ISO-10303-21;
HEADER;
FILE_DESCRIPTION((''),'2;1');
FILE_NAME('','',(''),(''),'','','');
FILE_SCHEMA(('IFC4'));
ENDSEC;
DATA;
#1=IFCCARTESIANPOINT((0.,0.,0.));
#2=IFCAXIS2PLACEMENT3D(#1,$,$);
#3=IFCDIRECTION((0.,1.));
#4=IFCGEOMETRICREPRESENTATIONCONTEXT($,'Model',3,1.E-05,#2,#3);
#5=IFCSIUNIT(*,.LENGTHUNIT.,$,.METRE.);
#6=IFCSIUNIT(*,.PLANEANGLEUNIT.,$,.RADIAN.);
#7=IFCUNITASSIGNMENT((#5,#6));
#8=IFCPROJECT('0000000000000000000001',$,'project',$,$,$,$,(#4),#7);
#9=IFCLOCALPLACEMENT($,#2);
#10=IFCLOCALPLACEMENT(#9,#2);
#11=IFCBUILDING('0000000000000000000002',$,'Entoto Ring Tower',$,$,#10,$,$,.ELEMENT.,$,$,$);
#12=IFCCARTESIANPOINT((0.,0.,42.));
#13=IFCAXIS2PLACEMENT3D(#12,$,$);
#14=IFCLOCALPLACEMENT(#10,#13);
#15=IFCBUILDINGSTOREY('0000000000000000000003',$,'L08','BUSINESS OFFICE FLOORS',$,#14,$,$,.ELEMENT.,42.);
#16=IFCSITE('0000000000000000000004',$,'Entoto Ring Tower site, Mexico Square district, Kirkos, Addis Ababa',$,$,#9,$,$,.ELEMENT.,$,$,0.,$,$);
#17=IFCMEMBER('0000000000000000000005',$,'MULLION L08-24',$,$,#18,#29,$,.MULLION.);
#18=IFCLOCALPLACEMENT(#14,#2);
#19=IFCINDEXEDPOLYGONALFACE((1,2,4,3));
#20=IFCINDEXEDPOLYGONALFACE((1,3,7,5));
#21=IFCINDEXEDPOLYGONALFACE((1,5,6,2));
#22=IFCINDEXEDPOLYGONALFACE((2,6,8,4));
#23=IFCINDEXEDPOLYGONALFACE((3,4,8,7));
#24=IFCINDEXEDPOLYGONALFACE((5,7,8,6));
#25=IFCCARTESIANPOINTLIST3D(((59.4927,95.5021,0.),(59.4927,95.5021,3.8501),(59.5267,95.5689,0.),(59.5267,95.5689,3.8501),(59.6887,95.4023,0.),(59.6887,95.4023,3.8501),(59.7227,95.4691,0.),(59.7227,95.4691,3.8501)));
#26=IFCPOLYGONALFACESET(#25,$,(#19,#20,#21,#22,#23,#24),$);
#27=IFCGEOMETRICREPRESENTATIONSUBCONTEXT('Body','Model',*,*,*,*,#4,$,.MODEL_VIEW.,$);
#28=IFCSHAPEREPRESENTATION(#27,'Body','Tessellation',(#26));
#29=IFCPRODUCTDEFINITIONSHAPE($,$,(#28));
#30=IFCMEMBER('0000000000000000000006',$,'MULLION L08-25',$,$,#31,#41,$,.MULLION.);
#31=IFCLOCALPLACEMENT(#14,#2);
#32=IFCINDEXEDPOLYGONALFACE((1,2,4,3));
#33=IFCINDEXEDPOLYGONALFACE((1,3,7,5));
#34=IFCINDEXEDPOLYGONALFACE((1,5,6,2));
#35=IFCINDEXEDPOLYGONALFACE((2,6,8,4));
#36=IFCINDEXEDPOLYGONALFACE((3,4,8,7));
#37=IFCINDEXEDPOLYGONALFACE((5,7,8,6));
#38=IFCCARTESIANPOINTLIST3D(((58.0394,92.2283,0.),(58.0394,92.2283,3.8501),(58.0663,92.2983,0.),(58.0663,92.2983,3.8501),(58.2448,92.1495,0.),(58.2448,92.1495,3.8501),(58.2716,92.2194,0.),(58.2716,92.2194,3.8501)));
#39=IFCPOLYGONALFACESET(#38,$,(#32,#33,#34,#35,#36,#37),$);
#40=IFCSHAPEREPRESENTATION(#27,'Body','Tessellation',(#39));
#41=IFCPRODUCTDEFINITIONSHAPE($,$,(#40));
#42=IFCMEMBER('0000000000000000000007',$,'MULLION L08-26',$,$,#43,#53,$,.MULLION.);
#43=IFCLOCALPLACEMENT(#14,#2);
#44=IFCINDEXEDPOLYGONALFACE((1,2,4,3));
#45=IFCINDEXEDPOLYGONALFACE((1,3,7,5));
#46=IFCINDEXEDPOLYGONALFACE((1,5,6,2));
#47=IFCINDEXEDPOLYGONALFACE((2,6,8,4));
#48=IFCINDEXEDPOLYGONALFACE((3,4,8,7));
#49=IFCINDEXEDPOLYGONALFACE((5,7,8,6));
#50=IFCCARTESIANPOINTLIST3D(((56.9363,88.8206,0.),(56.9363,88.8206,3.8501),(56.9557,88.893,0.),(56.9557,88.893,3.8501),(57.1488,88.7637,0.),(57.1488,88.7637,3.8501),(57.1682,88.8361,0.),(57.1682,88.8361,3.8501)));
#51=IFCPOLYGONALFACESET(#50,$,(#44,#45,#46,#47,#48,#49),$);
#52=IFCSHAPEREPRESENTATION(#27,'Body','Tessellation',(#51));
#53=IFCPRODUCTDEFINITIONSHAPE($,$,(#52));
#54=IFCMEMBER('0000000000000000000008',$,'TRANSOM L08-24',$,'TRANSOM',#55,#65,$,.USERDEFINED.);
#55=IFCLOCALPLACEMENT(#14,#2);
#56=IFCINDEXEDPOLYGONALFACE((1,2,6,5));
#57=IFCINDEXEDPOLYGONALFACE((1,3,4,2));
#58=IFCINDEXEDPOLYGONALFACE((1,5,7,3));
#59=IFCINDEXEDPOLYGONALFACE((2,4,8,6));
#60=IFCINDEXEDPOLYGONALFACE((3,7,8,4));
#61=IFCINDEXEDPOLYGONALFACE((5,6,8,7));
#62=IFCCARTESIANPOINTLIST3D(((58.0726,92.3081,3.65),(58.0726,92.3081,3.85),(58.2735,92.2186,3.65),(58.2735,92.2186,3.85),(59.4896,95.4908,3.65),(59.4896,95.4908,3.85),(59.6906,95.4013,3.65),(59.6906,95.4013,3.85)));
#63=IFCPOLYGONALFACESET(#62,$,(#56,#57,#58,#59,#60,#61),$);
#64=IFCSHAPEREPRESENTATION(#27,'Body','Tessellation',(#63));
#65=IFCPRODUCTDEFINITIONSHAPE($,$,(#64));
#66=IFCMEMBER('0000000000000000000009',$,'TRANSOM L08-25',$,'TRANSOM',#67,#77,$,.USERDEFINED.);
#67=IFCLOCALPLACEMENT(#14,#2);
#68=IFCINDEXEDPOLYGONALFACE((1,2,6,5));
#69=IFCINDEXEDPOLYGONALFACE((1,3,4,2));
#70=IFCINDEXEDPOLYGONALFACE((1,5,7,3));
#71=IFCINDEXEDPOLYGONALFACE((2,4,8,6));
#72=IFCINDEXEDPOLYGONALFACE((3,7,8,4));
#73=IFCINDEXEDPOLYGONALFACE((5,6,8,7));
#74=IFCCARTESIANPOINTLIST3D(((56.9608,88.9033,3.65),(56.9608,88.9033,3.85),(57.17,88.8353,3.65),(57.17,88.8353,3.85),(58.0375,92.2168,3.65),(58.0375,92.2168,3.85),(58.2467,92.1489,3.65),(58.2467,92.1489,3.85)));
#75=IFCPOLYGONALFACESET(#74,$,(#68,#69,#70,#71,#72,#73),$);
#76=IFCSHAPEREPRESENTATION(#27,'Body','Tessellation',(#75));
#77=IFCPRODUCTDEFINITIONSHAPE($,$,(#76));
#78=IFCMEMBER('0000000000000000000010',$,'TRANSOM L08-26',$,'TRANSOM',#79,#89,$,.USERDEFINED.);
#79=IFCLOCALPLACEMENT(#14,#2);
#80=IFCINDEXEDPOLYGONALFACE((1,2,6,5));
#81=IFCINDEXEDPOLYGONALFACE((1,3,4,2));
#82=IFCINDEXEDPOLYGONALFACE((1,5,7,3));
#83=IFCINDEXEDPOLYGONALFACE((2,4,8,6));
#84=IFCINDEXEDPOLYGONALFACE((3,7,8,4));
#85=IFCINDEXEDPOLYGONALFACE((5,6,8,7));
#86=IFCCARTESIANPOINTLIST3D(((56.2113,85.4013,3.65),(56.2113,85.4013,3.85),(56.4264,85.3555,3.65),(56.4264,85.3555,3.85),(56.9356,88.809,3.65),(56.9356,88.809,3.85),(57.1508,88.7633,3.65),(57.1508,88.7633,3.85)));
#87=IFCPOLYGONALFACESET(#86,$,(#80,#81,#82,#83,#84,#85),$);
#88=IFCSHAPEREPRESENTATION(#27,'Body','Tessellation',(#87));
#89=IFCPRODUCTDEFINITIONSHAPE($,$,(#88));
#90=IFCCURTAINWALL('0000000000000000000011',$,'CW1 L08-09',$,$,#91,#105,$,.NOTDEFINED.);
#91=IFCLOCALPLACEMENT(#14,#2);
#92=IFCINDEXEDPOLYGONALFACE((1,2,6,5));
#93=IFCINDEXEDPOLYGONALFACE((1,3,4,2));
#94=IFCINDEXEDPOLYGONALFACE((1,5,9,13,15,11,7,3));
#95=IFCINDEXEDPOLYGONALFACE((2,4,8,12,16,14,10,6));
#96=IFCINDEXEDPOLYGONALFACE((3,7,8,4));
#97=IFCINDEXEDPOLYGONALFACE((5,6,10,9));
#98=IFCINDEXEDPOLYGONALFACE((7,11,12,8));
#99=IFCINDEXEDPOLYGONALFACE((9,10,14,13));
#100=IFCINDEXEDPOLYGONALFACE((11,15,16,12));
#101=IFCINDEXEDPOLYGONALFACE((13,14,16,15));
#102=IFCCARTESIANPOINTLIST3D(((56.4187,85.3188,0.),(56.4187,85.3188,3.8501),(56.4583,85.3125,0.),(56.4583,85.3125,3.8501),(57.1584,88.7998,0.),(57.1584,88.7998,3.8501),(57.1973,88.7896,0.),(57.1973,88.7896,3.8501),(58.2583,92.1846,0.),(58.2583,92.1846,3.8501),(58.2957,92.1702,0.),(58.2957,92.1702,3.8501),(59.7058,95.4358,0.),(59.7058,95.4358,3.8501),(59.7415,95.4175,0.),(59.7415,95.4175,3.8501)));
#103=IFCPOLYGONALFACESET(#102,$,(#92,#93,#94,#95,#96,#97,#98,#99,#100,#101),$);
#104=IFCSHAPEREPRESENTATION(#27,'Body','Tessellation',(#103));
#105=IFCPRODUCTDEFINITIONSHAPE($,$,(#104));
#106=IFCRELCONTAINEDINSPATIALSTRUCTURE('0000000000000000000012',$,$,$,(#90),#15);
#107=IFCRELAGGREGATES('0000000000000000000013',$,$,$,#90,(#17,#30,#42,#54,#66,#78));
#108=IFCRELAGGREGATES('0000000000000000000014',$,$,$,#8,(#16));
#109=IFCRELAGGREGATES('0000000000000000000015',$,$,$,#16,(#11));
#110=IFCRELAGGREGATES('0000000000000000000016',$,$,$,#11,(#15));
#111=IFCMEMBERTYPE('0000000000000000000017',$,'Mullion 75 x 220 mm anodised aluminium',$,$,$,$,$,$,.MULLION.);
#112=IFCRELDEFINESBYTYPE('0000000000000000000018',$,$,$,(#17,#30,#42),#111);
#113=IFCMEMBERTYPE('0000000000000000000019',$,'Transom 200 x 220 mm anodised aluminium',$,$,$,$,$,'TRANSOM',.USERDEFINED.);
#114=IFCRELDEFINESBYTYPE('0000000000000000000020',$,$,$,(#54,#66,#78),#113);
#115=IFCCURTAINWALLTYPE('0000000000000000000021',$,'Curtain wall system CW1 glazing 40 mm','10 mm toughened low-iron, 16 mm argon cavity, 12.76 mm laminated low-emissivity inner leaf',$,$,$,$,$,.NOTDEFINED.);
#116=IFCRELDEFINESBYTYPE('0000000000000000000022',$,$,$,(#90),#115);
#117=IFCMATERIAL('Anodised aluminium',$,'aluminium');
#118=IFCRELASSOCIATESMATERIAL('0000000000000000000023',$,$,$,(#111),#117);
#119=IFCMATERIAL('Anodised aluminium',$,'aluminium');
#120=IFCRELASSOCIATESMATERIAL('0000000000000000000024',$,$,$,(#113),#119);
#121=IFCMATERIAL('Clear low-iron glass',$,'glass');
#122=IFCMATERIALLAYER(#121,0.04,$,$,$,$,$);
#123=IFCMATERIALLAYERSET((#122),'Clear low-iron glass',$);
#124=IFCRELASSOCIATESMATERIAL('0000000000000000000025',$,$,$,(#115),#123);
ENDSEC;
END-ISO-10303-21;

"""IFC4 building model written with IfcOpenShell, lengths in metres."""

from ifc_helpers import new_model, si_unit, direction, frame, origin, origin_2d, place, context, subcontext, project, spatial, polyline, rectangle, outline, extrude, material, layer, layer_set, material_profile, profile_set, type_object, element, aggregate, save


model = new_model("IFC4")

# Units and contexts
model_context = context("Model", 3, precision=1e-05, world=origin(), true_north=direction((0.0, 1.0)))
body_context = subcontext(model_context, "Body", "Model", "MODEL_VIEW")
ifc_project = project(units=[si_unit("LENGTHUNIT", "METRE"), si_unit("PLANEANGLEUNIT", "RADIAN")], contexts=[model_context])

# Members
ifc_material_1 = material(Name="Anodised aluminium", Category="aluminium")
ifc_material_profile_1 = material_profile(ifc_material_1, rectangle(XDim=0.075, YDim=0.22, at=origin_2d()), Name="Mullion 75 x 220 mm anodised aluminium")
ifc_profile_set_1 = profile_set([ifc_material_profile_1], Name="Anodised aluminium")
member_type_1 = type_object("IfcMemberType", Name="Mullion 75 x 220 mm anodised aluminium", PredefinedType="MULLION", material=ifc_profile_set_1)
site_placement = place(None, origin())
building_placement = place(site_placement, origin())
storey_placement = place(building_placement, frame((0.0, 0.0, 42.0)))
member_1_placement = place(storey_placement, frame((59.6077, 95.4856, 0.0), z_axis=(0.0, 0.0, 1.0), x_axis=(-0.45399, -0.891007, 0.0)))
member_1 = element("IfcMember", 1, at=member_1_placement, type_object=member_type_1, Name="MULLION L08-24", PredefinedType="MULLION", context=body_context, shape_type="SweptSolid", body=[
    extrude(rectangle(XDim=0.075, YDim=0.22, at=origin_2d()), origin(), (0.0, 0.0, 1.0), 3.8501),
])
member_2_placement = place(storey_placement, frame((58.1555, 92.2239, 0.0), z_axis=(0.0, 0.0, 1.0), x_axis=(-0.358368, -0.93358, 0.0)))
member_2 = element("IfcMember", 2, at=member_2_placement, type_object=member_type_1, Name="MULLION L08-25", PredefinedType="MULLION", context=body_context, shape_type="SweptSolid", body=[
    extrude(rectangle(XDim=0.075, YDim=0.22, at=origin_2d()), origin(), (0.0, 0.0, 1.0), 3.8501),
])
member_3_placement = place(storey_placement, frame((57.0522, 88.8284, 0.0), z_axis=(0.0, 0.0, 1.0), x_axis=(-0.258819, -0.965926, 0.0)))
member_3 = element("IfcMember", 3, at=member_3_placement, type_object=member_type_1, Name="MULLION L08-26", PredefinedType="MULLION", context=body_context, shape_type="SweptSolid", body=[
    extrude(rectangle(XDim=0.075, YDim=0.22, at=origin_2d()), origin(), (0.0, 0.0, 1.0), 3.8501),
])
ifc_material_2 = material(Name="Anodised aluminium", Category="aluminium")
ifc_material_profile_2 = material_profile(ifc_material_2, rectangle(XDim=0.22, YDim=0.2, at=origin_2d()), Name="Transom 200 x 220 mm anodised aluminium")
ifc_profile_set_2 = profile_set([ifc_material_profile_2], Name="Anodised aluminium")
member_type_2 = type_object("IfcMemberType", Name="Transom 200 x 220 mm anodised aluminium", ElementType="TRANSOM", PredefinedType="USERDEFINED", material=ifc_profile_set_2)
member_4_placement = place(storey_placement, frame((59.5901, 95.446, 3.75), z_axis=(-0.406737, -0.913545, 0.0), x_axis=(0.913545, -0.406737, 0.0)))
member_4 = element("IfcMember", 4, at=member_4_placement, type_object=member_type_2, Name="TRANSOM L08-24", ObjectType="TRANSOM", PredefinedType="USERDEFINED", context=body_context, shape_type="SweptSolid", body=[
    extrude(rectangle(XDim=0.22, YDim=0.2, at=origin_2d()), origin(), (0.0, 0.0, 1.0), 3.4839),
])
member_5_placement = place(storey_placement, frame((58.1421, 92.1829, 3.75), z_axis=(-0.309029, -0.951053, 0.0), x_axis=(0.951053, -0.309029, 0.0)))
member_5 = element("IfcMember", 5, at=member_5_placement, type_object=member_type_2, Name="TRANSOM L08-25", ObjectType="TRANSOM", PredefinedType="USERDEFINED", context=body_context, shape_type="SweptSolid", body=[
    extrude(rectangle(XDim=0.22, YDim=0.2, at=origin_2d()), origin(), (0.0, 0.0, 1.0), 3.4841),
])
member_6_placement = place(storey_placement, frame((57.0432, 88.7861, 3.75), z_axis=(-0.207921, -0.978146, 0.0), x_axis=(0.978146, -0.207921, 0.0)))
member_6 = element("IfcMember", 6, at=member_6_placement, type_object=member_type_2, Name="TRANSOM L08-26", ObjectType="TRANSOM", PredefinedType="USERDEFINED", context=body_context, shape_type="SweptSolid", body=[
    extrude(rectangle(XDim=0.22, YDim=0.2, at=origin_2d()), origin(), (0.0, 0.0, 1.0), 3.4839),
])

# Site, building, storey
site = spatial("IfcSite", under=ifc_project, at=site_placement, Name="Entoto Ring Tower site, Mexico Square district, Kirkos, Addis Ababa", CompositionType="ELEMENT", RefElevation=0.0)
building = spatial("IfcBuilding", under=site, at=building_placement, Name="Entoto Ring Tower", CompositionType="ELEMENT")
storey = spatial("IfcBuildingStorey", under=building, at=storey_placement, Name="L08", Description="BUSINESS OFFICE FLOORS", CompositionType="ELEMENT", Elevation=42.0)

# Curtain wall
ifc_material_3 = material(Name="Clear low-iron glass", Category="glass")
ifc_layer = layer(ifc_material_3, 0.04)
ifc_layer_set = layer_set([ifc_layer], Name="Clear low-iron glass")
curtain_wall_type = type_object("IfcCurtainWallType", Name="Curtain wall system CW1 glazing 40 mm", Description="10 mm toughened low-iron, 16 mm argon cavity, 12.76 mm laminated low-emissivity inner leaf", PredefinedType="NOTDEFINED", material=ifc_layer_set)
curtain_wall_1_placement = place(storey_placement, origin())
curtain_wall_1 = element("IfcCurtainWall", 7, at=curtain_wall_1_placement, inside=storey, type_object=curtain_wall_type, Name="CW1 L08-09", PredefinedType="NOTDEFINED", context=body_context, shape_type="SweptSolid", body=[
    extrude(outline(polyline([(59.7058, 95.4358), (58.2583, 92.1846), (57.1584, 88.7998), (56.4187, 85.3188), (56.4583, 85.3125), (57.1973, 88.7896), (58.2957, 92.1702), (59.7415, 95.4175), (59.7058, 95.4358)])), origin(), (0.0, 0.0, 1.0), 3.8501),
])
aggregate(curtain_wall_1, [member_1, member_2, member_3, member_4, member_5, member_6])

save(model, "model.ifc")
